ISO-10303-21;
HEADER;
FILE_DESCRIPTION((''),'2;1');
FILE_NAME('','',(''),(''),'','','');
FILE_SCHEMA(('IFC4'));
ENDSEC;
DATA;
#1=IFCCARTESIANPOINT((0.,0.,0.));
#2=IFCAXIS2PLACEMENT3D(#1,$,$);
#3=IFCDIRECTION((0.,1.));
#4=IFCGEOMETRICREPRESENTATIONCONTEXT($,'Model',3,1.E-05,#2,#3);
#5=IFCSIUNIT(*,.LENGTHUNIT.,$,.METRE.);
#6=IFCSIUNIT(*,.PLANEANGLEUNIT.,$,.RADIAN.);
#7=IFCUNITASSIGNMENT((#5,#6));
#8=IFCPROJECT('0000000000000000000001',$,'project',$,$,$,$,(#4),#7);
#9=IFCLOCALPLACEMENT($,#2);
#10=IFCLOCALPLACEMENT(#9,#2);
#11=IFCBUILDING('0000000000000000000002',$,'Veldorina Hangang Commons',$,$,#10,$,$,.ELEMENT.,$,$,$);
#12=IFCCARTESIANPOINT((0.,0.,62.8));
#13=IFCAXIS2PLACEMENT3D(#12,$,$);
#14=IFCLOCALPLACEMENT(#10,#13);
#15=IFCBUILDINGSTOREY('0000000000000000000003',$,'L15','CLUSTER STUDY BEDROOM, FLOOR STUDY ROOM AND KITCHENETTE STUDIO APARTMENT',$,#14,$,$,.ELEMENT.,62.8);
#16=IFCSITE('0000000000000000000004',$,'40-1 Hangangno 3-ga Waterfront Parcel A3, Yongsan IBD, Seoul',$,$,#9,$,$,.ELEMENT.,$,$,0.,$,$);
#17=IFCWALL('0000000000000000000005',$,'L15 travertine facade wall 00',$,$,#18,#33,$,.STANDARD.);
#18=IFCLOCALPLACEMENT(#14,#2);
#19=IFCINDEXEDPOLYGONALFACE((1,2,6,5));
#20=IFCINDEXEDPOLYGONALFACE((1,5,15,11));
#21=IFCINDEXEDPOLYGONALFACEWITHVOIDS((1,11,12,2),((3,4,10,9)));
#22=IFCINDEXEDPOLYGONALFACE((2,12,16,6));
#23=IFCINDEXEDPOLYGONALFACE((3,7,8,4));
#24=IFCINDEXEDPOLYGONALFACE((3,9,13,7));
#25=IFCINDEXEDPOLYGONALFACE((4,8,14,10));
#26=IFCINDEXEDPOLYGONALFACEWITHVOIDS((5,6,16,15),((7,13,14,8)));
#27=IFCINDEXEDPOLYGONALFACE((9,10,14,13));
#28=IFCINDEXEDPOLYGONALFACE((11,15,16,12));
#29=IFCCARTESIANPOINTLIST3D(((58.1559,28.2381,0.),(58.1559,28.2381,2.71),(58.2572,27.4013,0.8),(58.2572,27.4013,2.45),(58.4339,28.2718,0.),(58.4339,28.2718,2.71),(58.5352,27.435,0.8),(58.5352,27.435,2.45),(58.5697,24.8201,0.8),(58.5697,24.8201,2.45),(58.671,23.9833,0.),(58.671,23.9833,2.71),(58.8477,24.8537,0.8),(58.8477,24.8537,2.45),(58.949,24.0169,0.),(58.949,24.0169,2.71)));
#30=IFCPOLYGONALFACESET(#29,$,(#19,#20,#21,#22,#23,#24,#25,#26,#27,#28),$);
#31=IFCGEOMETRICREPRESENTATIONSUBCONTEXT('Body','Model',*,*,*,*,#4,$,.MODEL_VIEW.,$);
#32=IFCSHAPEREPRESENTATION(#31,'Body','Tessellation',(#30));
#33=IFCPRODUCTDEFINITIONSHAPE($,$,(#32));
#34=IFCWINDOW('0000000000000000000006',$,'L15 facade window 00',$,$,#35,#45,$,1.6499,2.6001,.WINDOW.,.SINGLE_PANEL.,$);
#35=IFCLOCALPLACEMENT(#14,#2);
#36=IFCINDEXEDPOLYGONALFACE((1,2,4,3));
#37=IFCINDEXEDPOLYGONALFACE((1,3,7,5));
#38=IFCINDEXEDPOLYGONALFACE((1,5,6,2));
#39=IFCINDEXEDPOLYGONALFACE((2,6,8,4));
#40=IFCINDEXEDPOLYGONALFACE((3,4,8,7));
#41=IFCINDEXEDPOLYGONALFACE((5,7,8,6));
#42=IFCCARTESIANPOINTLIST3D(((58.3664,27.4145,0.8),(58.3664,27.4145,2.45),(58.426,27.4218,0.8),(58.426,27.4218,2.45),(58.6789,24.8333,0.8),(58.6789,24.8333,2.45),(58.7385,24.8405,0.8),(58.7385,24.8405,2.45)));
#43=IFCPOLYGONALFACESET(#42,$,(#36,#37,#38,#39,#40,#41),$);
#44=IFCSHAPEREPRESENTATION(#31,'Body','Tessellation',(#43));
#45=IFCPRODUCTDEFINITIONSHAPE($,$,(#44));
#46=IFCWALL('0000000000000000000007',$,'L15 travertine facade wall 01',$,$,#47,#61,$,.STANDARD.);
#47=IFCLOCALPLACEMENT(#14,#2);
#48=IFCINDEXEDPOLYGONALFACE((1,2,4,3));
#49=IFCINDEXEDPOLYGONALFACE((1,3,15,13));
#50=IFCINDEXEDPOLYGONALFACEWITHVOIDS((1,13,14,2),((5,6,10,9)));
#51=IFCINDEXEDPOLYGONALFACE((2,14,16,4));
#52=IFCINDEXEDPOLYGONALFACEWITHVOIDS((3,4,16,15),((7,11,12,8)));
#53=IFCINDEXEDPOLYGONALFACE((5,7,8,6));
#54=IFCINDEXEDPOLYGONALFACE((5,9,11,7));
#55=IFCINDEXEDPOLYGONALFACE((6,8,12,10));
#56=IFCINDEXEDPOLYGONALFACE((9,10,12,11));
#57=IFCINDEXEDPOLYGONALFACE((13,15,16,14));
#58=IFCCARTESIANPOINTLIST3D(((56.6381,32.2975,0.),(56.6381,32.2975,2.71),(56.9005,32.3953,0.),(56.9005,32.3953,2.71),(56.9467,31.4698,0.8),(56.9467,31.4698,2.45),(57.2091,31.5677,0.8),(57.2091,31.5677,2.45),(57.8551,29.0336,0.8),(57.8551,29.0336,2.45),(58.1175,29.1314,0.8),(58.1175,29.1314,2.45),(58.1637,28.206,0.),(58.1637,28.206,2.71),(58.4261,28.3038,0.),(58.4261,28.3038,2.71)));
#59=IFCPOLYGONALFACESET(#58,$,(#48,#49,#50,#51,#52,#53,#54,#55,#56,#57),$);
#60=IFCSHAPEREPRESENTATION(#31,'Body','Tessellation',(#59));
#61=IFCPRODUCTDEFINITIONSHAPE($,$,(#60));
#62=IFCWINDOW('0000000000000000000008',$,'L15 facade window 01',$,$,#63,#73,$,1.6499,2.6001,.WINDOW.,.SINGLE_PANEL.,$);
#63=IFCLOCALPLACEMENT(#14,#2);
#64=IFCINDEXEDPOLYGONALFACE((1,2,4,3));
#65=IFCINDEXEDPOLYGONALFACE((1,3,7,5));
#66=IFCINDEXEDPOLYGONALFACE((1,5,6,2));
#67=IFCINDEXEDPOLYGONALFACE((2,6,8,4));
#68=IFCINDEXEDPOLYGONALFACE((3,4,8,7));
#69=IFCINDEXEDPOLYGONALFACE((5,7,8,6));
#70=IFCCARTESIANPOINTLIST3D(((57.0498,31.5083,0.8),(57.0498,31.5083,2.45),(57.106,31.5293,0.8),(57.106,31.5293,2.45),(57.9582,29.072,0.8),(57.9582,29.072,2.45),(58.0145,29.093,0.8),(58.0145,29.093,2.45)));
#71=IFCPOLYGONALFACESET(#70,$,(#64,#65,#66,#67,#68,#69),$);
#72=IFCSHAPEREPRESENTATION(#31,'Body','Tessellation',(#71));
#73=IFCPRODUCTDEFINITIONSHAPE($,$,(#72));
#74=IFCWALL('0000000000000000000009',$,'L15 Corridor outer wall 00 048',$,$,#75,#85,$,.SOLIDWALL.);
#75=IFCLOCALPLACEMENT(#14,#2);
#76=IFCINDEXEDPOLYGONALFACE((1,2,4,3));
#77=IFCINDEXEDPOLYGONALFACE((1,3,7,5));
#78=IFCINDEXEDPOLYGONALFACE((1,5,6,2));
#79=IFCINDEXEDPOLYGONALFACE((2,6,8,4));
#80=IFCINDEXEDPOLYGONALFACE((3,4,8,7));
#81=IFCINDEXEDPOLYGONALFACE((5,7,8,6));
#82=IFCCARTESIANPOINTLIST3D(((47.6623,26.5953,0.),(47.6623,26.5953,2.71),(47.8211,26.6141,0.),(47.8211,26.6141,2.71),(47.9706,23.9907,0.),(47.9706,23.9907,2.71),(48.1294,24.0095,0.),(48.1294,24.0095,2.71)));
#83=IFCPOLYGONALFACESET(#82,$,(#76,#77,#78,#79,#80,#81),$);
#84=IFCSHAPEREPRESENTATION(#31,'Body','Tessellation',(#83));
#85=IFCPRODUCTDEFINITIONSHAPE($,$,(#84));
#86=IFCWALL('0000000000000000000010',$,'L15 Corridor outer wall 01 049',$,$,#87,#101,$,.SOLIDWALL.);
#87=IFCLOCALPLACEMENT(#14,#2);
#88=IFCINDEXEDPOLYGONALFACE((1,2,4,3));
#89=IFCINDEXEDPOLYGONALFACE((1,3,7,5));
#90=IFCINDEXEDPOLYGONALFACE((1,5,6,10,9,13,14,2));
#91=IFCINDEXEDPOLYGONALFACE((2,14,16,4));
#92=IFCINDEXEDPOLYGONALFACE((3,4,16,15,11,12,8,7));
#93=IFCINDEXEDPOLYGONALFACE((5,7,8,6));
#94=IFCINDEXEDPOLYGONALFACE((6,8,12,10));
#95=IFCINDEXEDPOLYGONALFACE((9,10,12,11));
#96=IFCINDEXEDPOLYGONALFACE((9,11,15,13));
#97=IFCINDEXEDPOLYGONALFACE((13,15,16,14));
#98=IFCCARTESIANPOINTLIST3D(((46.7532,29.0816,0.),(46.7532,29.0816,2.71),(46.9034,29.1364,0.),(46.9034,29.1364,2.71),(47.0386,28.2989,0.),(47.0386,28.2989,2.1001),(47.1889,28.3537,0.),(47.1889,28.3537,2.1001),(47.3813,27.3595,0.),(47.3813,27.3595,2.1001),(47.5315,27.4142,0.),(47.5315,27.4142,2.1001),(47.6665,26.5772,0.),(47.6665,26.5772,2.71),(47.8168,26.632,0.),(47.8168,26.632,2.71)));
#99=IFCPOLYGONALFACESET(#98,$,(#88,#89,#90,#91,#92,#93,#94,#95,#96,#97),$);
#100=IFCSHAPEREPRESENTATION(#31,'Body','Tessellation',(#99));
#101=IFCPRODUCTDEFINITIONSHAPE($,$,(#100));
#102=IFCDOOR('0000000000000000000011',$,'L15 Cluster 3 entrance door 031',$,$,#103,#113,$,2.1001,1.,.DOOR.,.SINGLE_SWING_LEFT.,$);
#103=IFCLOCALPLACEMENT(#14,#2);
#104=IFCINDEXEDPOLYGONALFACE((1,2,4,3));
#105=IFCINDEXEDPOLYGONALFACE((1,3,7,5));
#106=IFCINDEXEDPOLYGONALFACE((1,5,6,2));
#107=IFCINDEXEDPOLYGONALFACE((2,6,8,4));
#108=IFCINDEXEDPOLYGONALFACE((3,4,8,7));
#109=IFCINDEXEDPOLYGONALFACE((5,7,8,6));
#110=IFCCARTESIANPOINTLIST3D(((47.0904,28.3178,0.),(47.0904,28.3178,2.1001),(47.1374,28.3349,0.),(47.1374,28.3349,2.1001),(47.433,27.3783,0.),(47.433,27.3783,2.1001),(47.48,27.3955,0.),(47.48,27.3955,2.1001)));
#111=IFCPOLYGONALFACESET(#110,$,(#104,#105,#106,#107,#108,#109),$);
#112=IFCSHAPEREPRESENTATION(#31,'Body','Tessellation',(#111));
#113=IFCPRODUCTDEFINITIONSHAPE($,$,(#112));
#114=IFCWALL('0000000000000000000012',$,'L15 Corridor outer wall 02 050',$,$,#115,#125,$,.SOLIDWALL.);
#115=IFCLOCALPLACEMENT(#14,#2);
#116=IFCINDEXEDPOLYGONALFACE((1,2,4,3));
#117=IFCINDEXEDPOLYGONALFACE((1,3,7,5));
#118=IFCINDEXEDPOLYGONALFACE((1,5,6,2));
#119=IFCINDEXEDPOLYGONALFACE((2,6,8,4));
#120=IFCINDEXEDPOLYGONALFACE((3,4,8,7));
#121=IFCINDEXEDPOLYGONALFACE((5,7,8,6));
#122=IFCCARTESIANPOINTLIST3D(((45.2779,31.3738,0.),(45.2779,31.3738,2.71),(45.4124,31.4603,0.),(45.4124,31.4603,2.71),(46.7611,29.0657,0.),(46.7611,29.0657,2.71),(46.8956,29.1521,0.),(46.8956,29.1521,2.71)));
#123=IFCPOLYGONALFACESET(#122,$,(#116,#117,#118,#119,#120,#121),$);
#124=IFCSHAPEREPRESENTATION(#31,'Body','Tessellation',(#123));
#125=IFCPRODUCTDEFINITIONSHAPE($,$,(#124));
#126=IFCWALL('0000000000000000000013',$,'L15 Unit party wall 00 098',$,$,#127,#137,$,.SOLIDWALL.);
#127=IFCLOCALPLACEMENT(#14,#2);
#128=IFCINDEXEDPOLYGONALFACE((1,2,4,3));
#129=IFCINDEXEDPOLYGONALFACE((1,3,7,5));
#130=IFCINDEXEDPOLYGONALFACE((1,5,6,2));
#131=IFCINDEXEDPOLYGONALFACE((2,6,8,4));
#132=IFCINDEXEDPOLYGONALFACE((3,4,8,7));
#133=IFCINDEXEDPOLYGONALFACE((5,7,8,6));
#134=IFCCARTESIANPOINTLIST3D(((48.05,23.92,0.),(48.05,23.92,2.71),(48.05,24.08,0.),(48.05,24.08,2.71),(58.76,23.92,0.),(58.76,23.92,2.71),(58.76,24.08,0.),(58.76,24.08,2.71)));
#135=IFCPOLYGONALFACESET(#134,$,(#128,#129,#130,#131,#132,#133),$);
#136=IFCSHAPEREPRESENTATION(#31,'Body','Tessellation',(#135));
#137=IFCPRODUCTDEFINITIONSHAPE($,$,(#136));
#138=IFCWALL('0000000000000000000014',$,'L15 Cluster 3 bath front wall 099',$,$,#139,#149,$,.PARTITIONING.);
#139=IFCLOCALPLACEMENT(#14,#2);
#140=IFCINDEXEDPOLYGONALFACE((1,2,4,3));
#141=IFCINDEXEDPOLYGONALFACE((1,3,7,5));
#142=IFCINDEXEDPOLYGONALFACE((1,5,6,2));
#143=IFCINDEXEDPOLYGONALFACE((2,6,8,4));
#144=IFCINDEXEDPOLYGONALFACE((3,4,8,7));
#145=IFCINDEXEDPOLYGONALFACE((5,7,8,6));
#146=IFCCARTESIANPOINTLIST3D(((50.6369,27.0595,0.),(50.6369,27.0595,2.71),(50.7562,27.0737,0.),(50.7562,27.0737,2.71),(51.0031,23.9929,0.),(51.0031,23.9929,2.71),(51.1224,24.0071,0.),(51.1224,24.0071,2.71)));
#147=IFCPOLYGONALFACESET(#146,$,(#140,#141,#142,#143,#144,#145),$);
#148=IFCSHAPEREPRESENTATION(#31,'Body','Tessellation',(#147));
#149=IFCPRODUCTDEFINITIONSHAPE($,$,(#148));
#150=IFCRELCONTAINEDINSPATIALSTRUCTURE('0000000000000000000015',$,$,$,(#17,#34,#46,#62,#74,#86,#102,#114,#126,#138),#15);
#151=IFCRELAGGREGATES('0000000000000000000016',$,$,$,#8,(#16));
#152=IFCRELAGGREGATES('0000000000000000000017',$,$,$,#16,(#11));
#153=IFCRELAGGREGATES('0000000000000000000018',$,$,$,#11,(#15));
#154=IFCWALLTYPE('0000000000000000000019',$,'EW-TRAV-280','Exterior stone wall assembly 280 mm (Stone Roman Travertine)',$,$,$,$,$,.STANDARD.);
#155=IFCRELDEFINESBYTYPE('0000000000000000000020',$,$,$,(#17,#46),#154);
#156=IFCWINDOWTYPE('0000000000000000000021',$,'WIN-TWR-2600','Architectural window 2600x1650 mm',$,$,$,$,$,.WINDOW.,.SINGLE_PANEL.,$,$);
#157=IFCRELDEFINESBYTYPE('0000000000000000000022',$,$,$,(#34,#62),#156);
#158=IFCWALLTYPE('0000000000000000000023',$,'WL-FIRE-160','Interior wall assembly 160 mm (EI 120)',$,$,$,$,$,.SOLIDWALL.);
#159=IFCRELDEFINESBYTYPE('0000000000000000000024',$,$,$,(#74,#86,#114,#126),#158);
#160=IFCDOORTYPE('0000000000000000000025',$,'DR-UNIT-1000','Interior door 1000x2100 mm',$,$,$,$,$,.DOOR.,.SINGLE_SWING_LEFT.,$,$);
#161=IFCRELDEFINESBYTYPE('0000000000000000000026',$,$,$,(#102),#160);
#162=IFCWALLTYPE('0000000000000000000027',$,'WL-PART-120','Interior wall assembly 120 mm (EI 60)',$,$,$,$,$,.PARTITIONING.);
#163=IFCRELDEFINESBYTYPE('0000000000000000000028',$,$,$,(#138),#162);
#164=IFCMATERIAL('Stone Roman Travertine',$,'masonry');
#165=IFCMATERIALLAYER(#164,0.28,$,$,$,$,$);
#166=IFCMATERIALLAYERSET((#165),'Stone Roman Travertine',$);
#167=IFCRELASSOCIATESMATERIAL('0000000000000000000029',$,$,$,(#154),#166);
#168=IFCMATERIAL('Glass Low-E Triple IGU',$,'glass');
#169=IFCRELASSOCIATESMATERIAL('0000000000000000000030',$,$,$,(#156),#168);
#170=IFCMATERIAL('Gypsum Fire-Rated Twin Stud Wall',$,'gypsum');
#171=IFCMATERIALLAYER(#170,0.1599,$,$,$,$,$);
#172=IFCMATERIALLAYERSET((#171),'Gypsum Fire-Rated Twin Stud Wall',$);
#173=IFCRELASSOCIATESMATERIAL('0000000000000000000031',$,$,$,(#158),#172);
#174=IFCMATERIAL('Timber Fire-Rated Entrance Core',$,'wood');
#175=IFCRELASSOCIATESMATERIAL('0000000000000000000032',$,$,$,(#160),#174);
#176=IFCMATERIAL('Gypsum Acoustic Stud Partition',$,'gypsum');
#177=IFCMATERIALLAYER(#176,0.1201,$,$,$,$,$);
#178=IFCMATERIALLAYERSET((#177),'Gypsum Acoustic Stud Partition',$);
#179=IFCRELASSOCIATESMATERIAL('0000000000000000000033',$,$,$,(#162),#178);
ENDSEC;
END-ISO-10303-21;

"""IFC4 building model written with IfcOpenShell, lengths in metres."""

from ifc_helpers import new_model, si_unit, direction, frame, frame_2d, origin, place, context, subcontext, project, spatial, rectangle, extrude, material, layer, layer_set, type_object, element, fill, save


model = new_model("IFC4")

# Units and contexts
model_context = context("Model", 3, precision=1e-05, world=origin(), true_north=direction((0.0, 1.0)))
body_context = subcontext(model_context, "Body", "Model", "MODEL_VIEW")
ifc_project = project(units=[si_unit("LENGTHUNIT", "METRE"), si_unit("PLANEANGLEUNIT", "RADIAN")], contexts=[model_context])

# Site, building, storey
site_placement = place(None, origin())
site = spatial("IfcSite", under=ifc_project, at=site_placement, Name="40-1 Hangangno 3-ga Waterfront Parcel A3, Yongsan IBD, Seoul", CompositionType="ELEMENT", RefElevation=0.0)
building_placement = place(site_placement, origin())
building = spatial("IfcBuilding", under=site, at=building_placement, Name="Veldorina Hangang Commons", CompositionType="ELEMENT")
storey_placement = place(building_placement, frame((0.0, 0.0, 62.8)))
storey = spatial("IfcBuildingStorey", under=building, at=storey_placement, Name="L15", Description="CLUSTER STUDY BEDROOM, FLOOR STUDY ROOM AND KITCHENETTE STUDIO APARTMENT", CompositionType="ELEMENT", Elevation=62.8)

# Walls, openings, windows
ifc_material_1 = material(Name="Stone Roman Travertine", Category="masonry")
ifc_layer_1 = layer(ifc_material_1, 0.28)
ifc_layer_set_1 = layer_set([ifc_layer_1], Name="Stone Roman Travertine")
wall_type_1 = type_object("IfcWallType", Name="EW-TRAV-280", Description="Exterior stone wall assembly 280 mm (Stone Roman Travertine)", PredefinedType="STANDARD", material=ifc_layer_set_1)
wall_1_placement = place(storey_placement, frame((58.8101, 24.0, 0.0), z_axis=(0.0, 0.0, 1.0), x_axis=(-0.120192, 0.992751, 0.0)))
wall_1 = element("IfcWall", 1, at=wall_1_placement, inside=storey, type_object=wall_type_1, Name="L15 travertine facade wall 00", PredefinedType="STANDARD", context=body_context, shape_type="SweptSolid", body=[
    extrude(rectangle(XDim=4.2859, YDim=0.28, at=frame_2d((2.1431, 0.0))), origin(), (0.0, 0.0, 1.0), 2.71),
])
opening_1_placement = place(wall_1_placement, frame((0.843, 0.0, 0.8)))
opening_1 = element("IfcOpeningElement", 2, at=opening_1_placement, cuts=wall_1, PredefinedType="OPENING", context=body_context, shape_type="SweptSolid", body=[
    extrude(rectangle(XDim=2.6001, YDim=1.6499, at=frame_2d((1.3, 0.825))), frame((0.0, 0.1499, 0.0), z_axis=(0.0, -1.0, 0.0), x_axis=(1.0, 0.0, 0.0)), (0.0, 0.0, 1.0), 0.3),
])
ifc_material_2 = material(Name="Glass Low-E Triple IGU", Category="glass")
window_type = type_object("IfcWindowType", Name="WIN-TWR-2600", Description="Architectural window 2600x1650 mm", PartitioningType="SINGLE_PANEL", PredefinedType="WINDOW", material=ifc_material_2)
window_1_placement = place(opening_1_placement, origin())
window_1 = element("IfcWindow", 3, at=window_1_placement, inside=storey, type_object=window_type, Name="L15 facade window 00", OverallHeight=1.6499, OverallWidth=2.6001, PartitioningType="SINGLE_PANEL", PredefinedType="WINDOW", context=body_context, shape_type="SweptSolid", body=[
    extrude(rectangle(XDim=2.6001, YDim=1.6499, at=frame_2d((1.3, 0.825))), frame((0.0, 0.03, 0.0), z_axis=(0.0, -1.0, 0.0), x_axis=(1.0, 0.0, 0.0)), (0.0, 0.0, 1.0), 0.0601),
])
fill(opening_1, window_1)
wall_2_placement = place(storey_placement, frame((58.2949, 28.2549, 0.0), z_axis=(0.0, 0.0, 1.0), x_axis=(-0.349377, 0.936982, 0.0)))
wall_2 = element("IfcWall", 4, at=wall_2_placement, inside=storey, type_object=wall_type_1, Name="L15 travertine facade wall 01", PredefinedType="STANDARD", context=body_context, shape_type="SweptSolid", body=[
    extrude(rectangle(XDim=4.3667, YDim=0.28, at=frame_2d((2.1833, 0.0))), origin(), (0.0, 0.0, 1.0), 2.71),
])
opening_2_placement = place(wall_2_placement, frame((0.8833, 0.0, 0.8)))
opening_2 = element("IfcOpeningElement", 5, at=opening_2_placement, cuts=wall_2, PredefinedType="OPENING", context=body_context, shape_type="SweptSolid", body=[
    extrude(rectangle(XDim=2.6001, YDim=1.6499, at=frame_2d((1.3, 0.825))), frame((0.0, 0.1499, 0.0), z_axis=(0.0, -1.0, 0.0), x_axis=(1.0, 0.0, 0.0)), (0.0, 0.0, 1.0), 0.3),
])
window_2_placement = place(opening_2_placement, origin())
window_2 = element("IfcWindow", 6, at=window_2_placement, inside=storey, type_object=window_type, Name="L15 facade window 01", OverallHeight=1.6499, OverallWidth=2.6001, PartitioningType="SINGLE_PANEL", PredefinedType="WINDOW", context=body_context, shape_type="SweptSolid", body=[
    extrude(rectangle(XDim=2.6001, YDim=1.6499, at=frame_2d((1.3, 0.825))), frame((0.0, 0.03, 0.0), z_axis=(0.0, -1.0, 0.0), x_axis=(1.0, 0.0, 0.0)), (0.0, 0.0, 1.0), 0.0601),
])
fill(opening_2, window_2)

# Wall
ifc_material_3 = material(Name="Gypsum Fire-Rated Twin Stud Wall", Category="gypsum")
ifc_layer_2 = layer(ifc_material_3, 0.1599)
ifc_layer_set_2 = layer_set([ifc_layer_2], Name="Gypsum Fire-Rated Twin Stud Wall")
wall_type_2 = type_object("IfcWallType", Name="WL-FIRE-160", Description="Interior wall assembly 160 mm (EI 120)", PredefinedType="SOLIDWALL", material=ifc_layer_set_2)
wall_3_placement = place(storey_placement, frame((48.05, 24.0, 0.0), z_axis=(0.0, 0.0, 1.0), x_axis=(-0.11757, 0.993065, 0.0)))
element("IfcWall", 7, at=wall_3_placement, inside=storey, type_object=wall_type_2, Name="L15 Corridor outer wall 00 048", PredefinedType="SOLIDWALL", context=body_context, shape_type="SweptSolid", body=[
    extrude(rectangle(XDim=2.6228, YDim=0.1599, at=frame_2d((1.3115, 0.0))), origin(), (0.0, 0.0, 1.0), 2.71),
])

# Wall, opening, door
wall_4_placement = place(storey_placement, frame((47.7417, 26.6045, 0.0), z_axis=(0.0, 0.0, 1.0), x_axis=(-0.342618, 0.939475, 0.0)))
wall_4 = element("IfcWall", 8, at=wall_4_placement, inside=storey, type_object=wall_type_2, Name="L15 Corridor outer wall 01 049", PredefinedType="SOLIDWALL", context=body_context, shape_type="SweptSolid", body=[
    extrude(rectangle(XDim=2.6658, YDim=0.1599, at=frame_2d((1.333, 0.0))), origin(), (0.0, 0.0, 1.0), 2.71),
])
opening_3_placement = place(wall_4_placement, frame((0.8328, 0.0, 0.0)))
opening_3 = element("IfcOpeningElement", 9, at=opening_3_placement, cuts=wall_4, PredefinedType="OPENING", context=body_context, shape_type="SweptSolid", body=[
    extrude(rectangle(XDim=1.0, YDim=2.1001, at=frame_2d((0.5, 1.05))), frame((0.0, 0.0898, 0.0), z_axis=(0.0, -1.0, 0.0), x_axis=(1.0, 0.0, 0.0)), (0.0, 0.0, 1.0), 0.1799),
])
ifc_material_4 = material(Name="Timber Fire-Rated Entrance Core", Category="wood")
door_type_1 = type_object("IfcDoorType", Name="DR-UNIT-1000", Description="Interior door 1000x2100 mm", OperationType="SINGLE_SWING_LEFT", PredefinedType="DOOR", material=ifc_material_4)
door_1_placement = place(opening_3_placement, origin())
door_1 = element("IfcDoor", 10, at=door_1_placement, inside=storey, type_object=door_type_1, Name="L15 Cluster 3 entrance door 031", OperationType="SINGLE_SWING_LEFT", OverallHeight=2.1001, OverallWidth=1.0, PredefinedType="DOOR", context=body_context, shape_type="SweptSolid", body=[
    extrude(rectangle(XDim=1.0, YDim=2.1001, at=frame_2d((0.5, 1.05))), frame((0.0, 0.0249, 0.0), z_axis=(0.0, -1.0, 0.0), x_axis=(1.0, 0.0, 0.0)), (0.0, 0.0, 1.0), 0.05),
])
fill(opening_3, door_1)

# Walls
wall_5_placement = place(storey_placement, frame((46.8284, 29.1089, 0.0), z_axis=(0.0, 0.0, 1.0), x_axis=(-0.540596, 0.841283, 0.0)))
element("IfcWall", 11, at=wall_5_placement, inside=storey, type_object=wall_type_2, Name="L15 Corridor outer wall 02 050", PredefinedType="SOLIDWALL", context=body_context, shape_type="SweptSolid", body=[
    extrude(rectangle(XDim=2.7437, YDim=0.1599, at=frame_2d((1.3718, 0.0))), origin(), (0.0, 0.0, 1.0), 2.71),
])
wall_6_placement = place(storey_placement, frame((48.05, 24.0, 0.0), z_axis=(0.0, 0.0, 1.0), x_axis=(1.0, 0.0, 0.0)))
element("IfcWall", 12, at=wall_6_placement, inside=storey, type_object=wall_type_2, Name="L15 Unit party wall 00 098", PredefinedType="SOLIDWALL", context=body_context, shape_type="SweptSolid", body=[
    extrude(rectangle(XDim=10.71, YDim=0.1599, at=frame_2d((5.355, 0.0))), origin(), (0.0, 0.0, 1.0), 2.71),
])
ifc_material_5 = material(Name="Gypsum Acoustic Stud Partition", Category="gypsum")
ifc_layer_3 = layer(ifc_material_5, 0.1201)
ifc_layer_set_3 = layer_set([ifc_layer_3], Name="Gypsum Acoustic Stud Partition")
wall_type_3 = type_object("IfcWallType", Name="WL-PART-120", Description="Interior wall assembly 120 mm (EI 60)", PredefinedType="PARTITIONING", material=ifc_layer_set_3)
wall_7_placement = place(storey_placement, frame((51.0627, 24.0, 0.0), z_axis=(0.0, 0.0, 1.0), x_axis=(-0.118575, 0.992945, 0.0)))
element("IfcWall", 13, at=wall_7_placement, inside=storey, type_object=wall_type_3, Name="L15 Cluster 3 bath front wall 099", PredefinedType="PARTITIONING", context=body_context, shape_type="SweptSolid", body=[
    extrude(rectangle(XDim=3.0884, YDim=0.1201, at=frame_2d((1.5442, 0.0))), origin(), (0.0, 0.0, 1.0), 2.71),
])

save(model, "model.ifc")
